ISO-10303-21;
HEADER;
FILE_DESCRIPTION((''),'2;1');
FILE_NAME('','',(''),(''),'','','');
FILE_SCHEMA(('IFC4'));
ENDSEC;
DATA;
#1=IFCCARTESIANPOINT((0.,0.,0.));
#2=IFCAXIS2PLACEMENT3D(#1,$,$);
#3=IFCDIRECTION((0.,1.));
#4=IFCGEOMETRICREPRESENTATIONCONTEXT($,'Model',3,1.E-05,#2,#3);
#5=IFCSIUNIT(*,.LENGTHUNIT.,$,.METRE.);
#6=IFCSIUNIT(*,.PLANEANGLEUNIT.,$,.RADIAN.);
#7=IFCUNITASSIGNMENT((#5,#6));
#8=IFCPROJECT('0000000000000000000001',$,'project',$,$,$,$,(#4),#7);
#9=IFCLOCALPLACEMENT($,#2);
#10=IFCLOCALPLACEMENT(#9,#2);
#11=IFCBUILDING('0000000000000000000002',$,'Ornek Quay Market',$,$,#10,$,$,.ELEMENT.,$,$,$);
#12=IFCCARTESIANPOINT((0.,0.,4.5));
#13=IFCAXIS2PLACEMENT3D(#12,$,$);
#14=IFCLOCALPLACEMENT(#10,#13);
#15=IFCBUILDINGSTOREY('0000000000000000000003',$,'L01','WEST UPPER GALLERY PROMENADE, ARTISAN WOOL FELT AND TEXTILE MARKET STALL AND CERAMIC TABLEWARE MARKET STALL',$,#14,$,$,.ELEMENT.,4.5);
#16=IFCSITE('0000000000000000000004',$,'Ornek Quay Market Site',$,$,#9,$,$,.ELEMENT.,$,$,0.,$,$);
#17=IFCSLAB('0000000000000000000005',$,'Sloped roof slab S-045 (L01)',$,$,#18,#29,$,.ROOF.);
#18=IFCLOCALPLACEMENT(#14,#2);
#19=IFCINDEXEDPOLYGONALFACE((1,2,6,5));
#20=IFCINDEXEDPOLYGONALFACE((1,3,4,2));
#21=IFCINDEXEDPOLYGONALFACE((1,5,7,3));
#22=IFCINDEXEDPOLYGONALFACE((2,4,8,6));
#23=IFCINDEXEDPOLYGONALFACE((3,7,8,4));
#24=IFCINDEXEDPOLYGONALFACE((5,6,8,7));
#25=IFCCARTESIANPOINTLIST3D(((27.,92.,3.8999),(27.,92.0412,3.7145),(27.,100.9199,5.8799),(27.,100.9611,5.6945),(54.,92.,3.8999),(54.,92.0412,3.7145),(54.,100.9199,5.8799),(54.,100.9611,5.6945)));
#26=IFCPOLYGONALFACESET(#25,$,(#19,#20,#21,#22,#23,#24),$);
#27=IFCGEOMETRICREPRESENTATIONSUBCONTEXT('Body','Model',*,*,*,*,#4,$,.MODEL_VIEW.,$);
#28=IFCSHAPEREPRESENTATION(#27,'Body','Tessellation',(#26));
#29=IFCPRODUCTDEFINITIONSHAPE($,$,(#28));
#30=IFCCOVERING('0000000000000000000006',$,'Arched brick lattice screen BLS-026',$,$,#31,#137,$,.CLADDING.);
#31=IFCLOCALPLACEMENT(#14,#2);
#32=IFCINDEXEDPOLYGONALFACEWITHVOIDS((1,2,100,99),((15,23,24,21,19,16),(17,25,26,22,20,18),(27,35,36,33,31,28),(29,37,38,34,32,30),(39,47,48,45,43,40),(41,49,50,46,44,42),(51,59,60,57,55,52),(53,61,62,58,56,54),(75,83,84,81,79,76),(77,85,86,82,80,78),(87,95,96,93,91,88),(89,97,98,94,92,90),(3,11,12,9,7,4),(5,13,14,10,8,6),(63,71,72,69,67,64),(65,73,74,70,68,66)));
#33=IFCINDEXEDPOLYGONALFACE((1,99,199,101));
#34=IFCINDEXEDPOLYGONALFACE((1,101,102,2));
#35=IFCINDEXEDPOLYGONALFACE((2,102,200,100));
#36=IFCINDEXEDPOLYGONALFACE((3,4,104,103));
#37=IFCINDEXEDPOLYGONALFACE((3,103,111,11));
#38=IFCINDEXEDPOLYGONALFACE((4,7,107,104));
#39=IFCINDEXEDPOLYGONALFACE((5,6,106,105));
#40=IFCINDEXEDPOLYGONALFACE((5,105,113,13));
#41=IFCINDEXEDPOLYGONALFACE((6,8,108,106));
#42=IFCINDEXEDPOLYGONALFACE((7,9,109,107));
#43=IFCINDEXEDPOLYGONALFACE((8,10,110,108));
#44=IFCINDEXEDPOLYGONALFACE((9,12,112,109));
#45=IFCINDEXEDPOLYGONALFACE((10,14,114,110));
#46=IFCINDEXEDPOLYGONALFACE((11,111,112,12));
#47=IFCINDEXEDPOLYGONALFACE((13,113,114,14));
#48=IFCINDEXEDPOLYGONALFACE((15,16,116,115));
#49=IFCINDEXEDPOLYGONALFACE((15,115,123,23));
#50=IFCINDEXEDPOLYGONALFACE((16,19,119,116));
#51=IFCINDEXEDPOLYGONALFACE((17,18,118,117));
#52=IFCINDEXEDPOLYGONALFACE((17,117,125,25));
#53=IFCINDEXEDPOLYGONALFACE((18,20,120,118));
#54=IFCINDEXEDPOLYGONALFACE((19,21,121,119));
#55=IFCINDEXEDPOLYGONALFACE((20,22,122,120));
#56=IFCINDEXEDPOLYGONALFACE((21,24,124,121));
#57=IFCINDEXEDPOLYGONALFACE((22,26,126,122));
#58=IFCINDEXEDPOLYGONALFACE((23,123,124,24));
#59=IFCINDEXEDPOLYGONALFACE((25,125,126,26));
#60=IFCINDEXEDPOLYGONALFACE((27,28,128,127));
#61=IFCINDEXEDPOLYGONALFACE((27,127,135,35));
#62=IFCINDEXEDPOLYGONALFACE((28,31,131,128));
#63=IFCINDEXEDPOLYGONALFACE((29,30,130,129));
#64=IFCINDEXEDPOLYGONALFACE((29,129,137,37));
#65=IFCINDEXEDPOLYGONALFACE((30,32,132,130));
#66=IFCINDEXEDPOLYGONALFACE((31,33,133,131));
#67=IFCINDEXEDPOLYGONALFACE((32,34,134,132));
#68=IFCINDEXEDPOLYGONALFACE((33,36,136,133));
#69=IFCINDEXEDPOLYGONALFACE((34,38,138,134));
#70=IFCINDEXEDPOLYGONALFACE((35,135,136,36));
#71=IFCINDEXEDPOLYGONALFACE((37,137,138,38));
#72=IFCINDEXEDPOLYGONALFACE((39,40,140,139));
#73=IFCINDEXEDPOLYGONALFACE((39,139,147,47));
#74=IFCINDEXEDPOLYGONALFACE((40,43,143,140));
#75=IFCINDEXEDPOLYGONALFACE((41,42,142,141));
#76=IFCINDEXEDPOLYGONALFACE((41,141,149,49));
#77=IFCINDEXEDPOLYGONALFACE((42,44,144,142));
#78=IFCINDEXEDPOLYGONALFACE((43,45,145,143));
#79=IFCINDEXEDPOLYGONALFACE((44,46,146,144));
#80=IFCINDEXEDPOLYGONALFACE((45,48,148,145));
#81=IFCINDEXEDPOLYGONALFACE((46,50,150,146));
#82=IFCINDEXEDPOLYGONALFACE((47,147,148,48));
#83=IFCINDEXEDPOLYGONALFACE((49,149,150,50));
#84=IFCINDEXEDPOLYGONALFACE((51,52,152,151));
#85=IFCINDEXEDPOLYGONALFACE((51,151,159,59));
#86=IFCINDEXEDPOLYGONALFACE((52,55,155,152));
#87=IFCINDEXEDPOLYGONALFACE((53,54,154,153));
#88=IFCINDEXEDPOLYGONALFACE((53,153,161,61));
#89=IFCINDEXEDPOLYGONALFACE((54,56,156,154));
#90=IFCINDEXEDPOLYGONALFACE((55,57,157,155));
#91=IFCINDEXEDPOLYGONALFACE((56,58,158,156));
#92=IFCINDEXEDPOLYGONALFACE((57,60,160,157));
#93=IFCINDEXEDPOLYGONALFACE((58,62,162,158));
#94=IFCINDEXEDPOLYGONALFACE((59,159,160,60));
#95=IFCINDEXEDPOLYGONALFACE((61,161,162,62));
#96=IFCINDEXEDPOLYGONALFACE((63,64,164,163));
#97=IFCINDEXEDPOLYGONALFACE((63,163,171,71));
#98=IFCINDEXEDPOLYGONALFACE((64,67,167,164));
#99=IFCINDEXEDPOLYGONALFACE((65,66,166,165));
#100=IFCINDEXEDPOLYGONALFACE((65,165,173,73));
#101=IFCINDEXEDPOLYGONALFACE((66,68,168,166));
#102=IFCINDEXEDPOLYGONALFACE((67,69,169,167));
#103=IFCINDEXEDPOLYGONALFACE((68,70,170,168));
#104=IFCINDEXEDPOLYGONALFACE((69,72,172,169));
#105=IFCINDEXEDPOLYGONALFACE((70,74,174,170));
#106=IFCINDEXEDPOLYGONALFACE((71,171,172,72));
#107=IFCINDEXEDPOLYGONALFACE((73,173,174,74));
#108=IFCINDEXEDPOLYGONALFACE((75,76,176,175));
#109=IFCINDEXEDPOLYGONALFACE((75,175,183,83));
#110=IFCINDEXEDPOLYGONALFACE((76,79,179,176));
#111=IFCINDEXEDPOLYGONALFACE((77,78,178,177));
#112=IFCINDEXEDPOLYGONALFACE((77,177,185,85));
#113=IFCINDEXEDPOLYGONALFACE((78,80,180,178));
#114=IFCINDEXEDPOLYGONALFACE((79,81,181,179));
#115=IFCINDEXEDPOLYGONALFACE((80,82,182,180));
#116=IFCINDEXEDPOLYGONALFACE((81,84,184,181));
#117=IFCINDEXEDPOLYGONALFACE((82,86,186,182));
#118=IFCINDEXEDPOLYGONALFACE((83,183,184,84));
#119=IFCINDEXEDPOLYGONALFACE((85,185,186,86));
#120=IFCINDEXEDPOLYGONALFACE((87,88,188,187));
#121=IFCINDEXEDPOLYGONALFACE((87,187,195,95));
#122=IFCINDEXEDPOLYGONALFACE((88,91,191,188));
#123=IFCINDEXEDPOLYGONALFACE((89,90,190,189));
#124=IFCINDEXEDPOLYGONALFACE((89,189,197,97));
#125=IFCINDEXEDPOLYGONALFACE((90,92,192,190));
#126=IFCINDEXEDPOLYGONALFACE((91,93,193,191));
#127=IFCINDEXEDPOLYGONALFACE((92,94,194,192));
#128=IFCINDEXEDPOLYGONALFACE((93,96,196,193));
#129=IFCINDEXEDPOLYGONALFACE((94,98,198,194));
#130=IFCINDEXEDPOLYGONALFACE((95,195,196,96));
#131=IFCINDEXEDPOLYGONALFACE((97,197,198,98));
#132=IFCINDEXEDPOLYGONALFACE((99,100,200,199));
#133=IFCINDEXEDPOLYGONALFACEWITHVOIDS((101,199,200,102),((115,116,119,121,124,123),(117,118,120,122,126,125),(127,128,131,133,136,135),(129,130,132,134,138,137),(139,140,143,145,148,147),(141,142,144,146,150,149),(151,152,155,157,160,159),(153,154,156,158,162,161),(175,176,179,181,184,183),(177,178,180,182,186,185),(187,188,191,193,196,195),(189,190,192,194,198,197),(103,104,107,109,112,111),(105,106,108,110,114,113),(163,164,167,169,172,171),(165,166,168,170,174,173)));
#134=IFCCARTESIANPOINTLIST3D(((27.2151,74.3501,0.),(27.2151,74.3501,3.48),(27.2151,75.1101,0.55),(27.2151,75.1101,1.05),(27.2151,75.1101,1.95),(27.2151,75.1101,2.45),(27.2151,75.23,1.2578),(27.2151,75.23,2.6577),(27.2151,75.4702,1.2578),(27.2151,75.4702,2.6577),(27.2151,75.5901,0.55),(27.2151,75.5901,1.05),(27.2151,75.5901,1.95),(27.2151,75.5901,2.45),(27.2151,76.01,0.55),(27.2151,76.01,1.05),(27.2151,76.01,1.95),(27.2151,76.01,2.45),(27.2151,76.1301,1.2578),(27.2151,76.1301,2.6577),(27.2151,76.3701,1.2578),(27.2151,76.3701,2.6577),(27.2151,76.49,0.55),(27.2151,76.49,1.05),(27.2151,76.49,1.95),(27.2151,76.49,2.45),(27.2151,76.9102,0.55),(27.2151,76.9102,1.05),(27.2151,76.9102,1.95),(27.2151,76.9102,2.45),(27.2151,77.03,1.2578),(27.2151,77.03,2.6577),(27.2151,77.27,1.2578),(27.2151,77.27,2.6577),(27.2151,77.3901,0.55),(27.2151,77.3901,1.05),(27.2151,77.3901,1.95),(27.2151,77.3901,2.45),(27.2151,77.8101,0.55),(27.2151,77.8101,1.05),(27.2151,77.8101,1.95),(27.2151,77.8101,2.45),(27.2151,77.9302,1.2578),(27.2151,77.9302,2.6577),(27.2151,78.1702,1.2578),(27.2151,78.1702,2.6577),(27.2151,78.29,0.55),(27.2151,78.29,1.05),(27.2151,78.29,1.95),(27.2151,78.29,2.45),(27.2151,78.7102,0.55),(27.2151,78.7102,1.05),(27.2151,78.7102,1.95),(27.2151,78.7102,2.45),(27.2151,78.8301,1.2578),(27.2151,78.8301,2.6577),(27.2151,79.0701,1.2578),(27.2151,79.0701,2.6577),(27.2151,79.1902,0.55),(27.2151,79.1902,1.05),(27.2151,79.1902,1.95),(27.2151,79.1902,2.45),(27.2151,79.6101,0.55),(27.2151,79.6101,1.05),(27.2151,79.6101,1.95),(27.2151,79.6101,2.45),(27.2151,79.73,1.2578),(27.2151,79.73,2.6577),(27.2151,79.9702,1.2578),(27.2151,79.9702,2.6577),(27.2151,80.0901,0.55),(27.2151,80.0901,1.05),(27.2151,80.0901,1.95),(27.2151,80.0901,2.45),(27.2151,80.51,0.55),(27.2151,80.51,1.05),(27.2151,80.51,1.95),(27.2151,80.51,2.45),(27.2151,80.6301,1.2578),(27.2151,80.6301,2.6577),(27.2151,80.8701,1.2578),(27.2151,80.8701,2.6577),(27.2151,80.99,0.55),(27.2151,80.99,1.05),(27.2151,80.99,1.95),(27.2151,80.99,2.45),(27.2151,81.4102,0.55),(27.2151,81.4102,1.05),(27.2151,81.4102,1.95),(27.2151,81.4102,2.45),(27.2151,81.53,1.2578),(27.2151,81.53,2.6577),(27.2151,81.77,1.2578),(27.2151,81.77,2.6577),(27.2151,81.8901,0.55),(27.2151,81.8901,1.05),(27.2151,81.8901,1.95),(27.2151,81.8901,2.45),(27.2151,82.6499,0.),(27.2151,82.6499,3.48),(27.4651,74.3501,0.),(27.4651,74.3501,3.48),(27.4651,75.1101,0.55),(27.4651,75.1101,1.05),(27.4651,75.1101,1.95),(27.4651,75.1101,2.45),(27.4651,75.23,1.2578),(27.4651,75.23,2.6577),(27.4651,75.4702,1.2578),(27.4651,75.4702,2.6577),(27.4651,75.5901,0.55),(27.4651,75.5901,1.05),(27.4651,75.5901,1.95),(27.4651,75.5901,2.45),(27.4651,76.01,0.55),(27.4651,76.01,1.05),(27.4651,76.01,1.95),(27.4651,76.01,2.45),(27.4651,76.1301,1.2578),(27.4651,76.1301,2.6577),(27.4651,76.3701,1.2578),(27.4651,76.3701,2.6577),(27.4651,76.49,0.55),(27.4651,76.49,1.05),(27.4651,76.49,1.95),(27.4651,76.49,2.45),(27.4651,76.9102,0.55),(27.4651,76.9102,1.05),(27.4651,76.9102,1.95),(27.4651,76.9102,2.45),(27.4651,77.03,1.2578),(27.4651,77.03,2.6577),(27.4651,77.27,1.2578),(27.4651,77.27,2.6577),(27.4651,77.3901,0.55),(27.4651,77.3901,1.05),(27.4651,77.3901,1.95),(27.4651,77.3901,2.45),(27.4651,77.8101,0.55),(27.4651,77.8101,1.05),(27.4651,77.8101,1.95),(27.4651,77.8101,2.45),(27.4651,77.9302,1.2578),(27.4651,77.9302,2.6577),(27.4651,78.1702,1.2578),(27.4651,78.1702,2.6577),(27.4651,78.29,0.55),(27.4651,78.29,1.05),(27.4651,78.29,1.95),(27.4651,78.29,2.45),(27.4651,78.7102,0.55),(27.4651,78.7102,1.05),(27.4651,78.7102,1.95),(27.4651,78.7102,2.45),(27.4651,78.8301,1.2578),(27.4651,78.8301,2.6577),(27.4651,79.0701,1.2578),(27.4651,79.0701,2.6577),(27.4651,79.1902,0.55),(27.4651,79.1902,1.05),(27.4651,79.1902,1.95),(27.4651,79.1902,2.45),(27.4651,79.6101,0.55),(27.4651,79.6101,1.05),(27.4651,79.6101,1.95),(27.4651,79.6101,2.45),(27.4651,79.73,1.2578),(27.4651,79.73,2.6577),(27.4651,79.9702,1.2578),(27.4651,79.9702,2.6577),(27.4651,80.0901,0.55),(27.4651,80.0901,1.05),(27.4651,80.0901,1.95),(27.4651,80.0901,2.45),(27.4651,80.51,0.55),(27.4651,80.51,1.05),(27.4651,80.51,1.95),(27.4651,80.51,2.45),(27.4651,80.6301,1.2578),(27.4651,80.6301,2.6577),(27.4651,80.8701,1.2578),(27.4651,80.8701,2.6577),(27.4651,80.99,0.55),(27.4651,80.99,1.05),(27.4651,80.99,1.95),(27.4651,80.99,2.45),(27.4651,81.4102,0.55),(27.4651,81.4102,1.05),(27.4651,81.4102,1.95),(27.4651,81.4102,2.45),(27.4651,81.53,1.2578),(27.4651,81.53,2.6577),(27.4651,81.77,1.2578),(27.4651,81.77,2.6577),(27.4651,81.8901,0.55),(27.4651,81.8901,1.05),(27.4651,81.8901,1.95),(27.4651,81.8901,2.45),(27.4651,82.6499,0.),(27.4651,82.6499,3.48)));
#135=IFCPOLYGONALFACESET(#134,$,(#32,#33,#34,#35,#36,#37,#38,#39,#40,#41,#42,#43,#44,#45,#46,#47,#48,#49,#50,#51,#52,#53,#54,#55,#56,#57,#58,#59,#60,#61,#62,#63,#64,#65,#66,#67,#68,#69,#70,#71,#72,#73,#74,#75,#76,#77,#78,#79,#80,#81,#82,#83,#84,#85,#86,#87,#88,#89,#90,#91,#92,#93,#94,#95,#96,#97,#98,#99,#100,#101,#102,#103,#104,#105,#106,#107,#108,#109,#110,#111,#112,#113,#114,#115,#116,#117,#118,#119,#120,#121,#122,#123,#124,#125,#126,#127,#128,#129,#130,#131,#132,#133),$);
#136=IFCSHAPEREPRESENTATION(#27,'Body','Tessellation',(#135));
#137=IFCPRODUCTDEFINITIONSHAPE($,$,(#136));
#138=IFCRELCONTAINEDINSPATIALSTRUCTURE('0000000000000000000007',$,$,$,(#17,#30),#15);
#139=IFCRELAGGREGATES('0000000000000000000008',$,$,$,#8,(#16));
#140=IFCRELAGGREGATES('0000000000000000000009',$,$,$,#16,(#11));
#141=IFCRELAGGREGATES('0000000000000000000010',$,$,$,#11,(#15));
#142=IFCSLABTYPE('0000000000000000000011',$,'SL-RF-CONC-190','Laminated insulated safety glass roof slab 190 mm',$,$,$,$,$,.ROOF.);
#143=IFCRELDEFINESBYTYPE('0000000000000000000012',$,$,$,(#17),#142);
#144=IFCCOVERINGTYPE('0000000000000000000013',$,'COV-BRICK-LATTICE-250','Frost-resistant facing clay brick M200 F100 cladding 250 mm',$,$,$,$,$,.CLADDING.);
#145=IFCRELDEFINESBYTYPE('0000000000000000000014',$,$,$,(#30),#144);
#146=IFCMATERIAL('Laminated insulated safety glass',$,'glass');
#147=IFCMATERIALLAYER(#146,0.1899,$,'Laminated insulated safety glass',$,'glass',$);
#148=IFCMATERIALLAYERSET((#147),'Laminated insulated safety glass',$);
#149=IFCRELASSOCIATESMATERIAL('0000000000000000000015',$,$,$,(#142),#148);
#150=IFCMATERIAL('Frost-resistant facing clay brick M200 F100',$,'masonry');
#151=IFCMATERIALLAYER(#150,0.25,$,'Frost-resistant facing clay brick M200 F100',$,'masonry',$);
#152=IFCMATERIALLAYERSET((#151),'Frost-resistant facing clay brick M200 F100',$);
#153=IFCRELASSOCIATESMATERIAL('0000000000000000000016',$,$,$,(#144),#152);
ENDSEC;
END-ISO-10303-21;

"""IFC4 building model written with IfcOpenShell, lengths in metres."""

from ifc_helpers import new_model, si_unit, direction, frame, origin, place, context, subcontext, project, spatial, polyline, outline, extrude, material, layer, layer_set, type_object, element, save


model = new_model("IFC4")

# Units and contexts
model_context = context("Model", 3, precision=1e-05, world=origin(), true_north=direction((0.0, 1.0)))
body_context = subcontext(model_context, "Body", "Model", "MODEL_VIEW")
ifc_project = project(units=[si_unit("LENGTHUNIT", "METRE"), si_unit("PLANEANGLEUNIT", "RADIAN")], contexts=[model_context])

# Site, building, storey
site_placement = place(None, origin())
site = spatial("IfcSite", under=ifc_project, at=site_placement, Name="Ornek Quay Market Site", CompositionType="ELEMENT", RefElevation=0.0)
building_placement = place(site_placement, origin())
building = spatial("IfcBuilding", under=site, at=building_placement, Name="Ornek Quay Market", CompositionType="ELEMENT")
storey_placement = place(building_placement, frame((0.0, 0.0, 4.5)))
storey = spatial("IfcBuildingStorey", under=building, at=storey_placement, Name="L01", Description="WEST UPPER GALLERY PROMENADE, ARTISAN WOOL FELT AND TEXTILE MARKET STALL AND CERAMIC TABLEWARE MARKET STALL", CompositionType="ELEMENT", Elevation=4.5)

# Slab
ifc_material_1 = material(Name="Laminated insulated safety glass", Category="glass")
ifc_layer_1 = layer(ifc_material_1, 0.1899, Name="Laminated insulated safety glass", Category="glass")
ifc_layer_set_1 = layer_set([ifc_layer_1], Name="Laminated insulated safety glass")
slab_type = type_object("IfcSlabType", Name="SL-RF-CONC-190", Description="Laminated insulated safety glass roof slab 190 mm", PredefinedType="ROOF", material=ifc_layer_set_1)
slab_placement = place(storey_placement, frame((27.0, 92.0, 3.8999), z_axis=(0.0, -0.216698, 0.976239), x_axis=(1.0, 0.0, 0.0)))
element("IfcSlab", 1, at=slab_placement, inside=storey, type_object=slab_type, Name="Sloped roof slab S-045 (L01)", PredefinedType="ROOF", context=body_context, shape_type="SweptSolid", body=[
    extrude(outline(polyline([(0.0, 0.0), (27.0, 0.0), (27.0, 9.137), (0.0, 9.137), (0.0, 0.0)])), origin(), (0.0, 0.0, -1.0), 0.1899),
])

# Covering
ifc_material_2 = material(Name="Frost-resistant facing clay brick M200 F100", Category="masonry")
ifc_layer_2 = layer(ifc_material_2, 0.25, Name="Frost-resistant facing clay brick M200 F100", Category="masonry")
ifc_layer_set_2 = layer_set([ifc_layer_2], Name="Frost-resistant facing clay brick M200 F100")
covering_type = type_object("IfcCoveringType", Name="COV-BRICK-LATTICE-250", Description="Frost-resistant facing clay brick M200 F100 cladding 250 mm", PredefinedType="CLADDING", material=ifc_layer_set_2)
covering_1_placement = place(storey_placement, frame((27.3401, 74.3501, 0.0), z_axis=(0.0, 0.0, 1.0), x_axis=(0.0, 1.0, 0.0)))
element("IfcCovering", 2, at=covering_1_placement, inside=storey, type_object=covering_type, Name="Arched brick lattice screen BLS-026", PredefinedType="CLADDING", context=body_context, shape_type="SweptSolid", body=[
    extrude(outline(polyline([(0.0, 0.0), (8.2998, 0.0), (8.2998, 3.48), (0.0, 3.48), (0.0, 0.0)]), holes=[polyline([(0.76, 0.55), (1.24, 0.55), (1.24, 1.05), (1.1201, 1.2578), (0.8799, 1.2578), (0.76, 1.05), (0.76, 0.55)]), polyline([(0.76, 1.95), (1.24, 1.95), (1.24, 2.45), (1.1201, 2.6577), (0.8799, 2.6577), (0.76, 2.45), (0.76, 1.95)]), polyline([(1.6599, 0.55), (2.1399, 0.55), (2.1399, 1.05), (2.02, 1.2578), (1.78, 1.2578), (1.6599, 1.05), (1.6599, 0.55)]), polyline([(1.6599, 1.95), (2.1399, 1.95), (2.1399, 2.45), (2.02, 2.6577), (1.78, 2.6577), (1.6599, 2.45), (1.6599, 1.95)]), polyline([(2.5601, 0.55), (3.04, 0.55), (3.04, 1.05), (2.9199, 1.2578), (2.6799, 1.2578), (2.5601, 1.05), (2.5601, 0.55)]), polyline([(2.5601, 1.95), (3.04, 1.95), (3.04, 2.45), (2.9199, 2.6577), (2.6799, 2.6577), (2.5601, 2.45), (2.5601, 1.95)]), polyline([(3.46, 0.55), (3.9399, 0.55), (3.9399, 1.05), (3.8201, 1.2578), (3.5801, 1.2578), (3.46, 1.05), (3.46, 0.55)]), polyline([(3.46, 1.95), (3.9399, 1.95), (3.9399, 2.45), (3.8201, 2.6577), (3.5801, 2.6577), (3.46, 2.45), (3.46, 1.95)]), polyline([(4.3601, 0.55), (4.8401, 0.55), (4.8401, 1.05), (4.72, 1.2578), (4.48, 1.2578), (4.3601, 1.05), (4.3601, 0.55)]), polyline([(4.3601, 1.95), (4.8401, 1.95), (4.8401, 2.45), (4.72, 2.6577), (4.48, 2.6577), (4.3601, 2.45), (4.3601, 1.95)]), polyline([(5.26, 0.55), (5.74, 0.55), (5.74, 1.05), (5.6201, 1.2578), (5.3799, 1.2578), (5.26, 1.05), (5.26, 0.55)]), polyline([(5.26, 1.95), (5.74, 1.95), (5.74, 2.45), (5.6201, 2.6577), (5.3799, 2.6577), (5.26, 2.45), (5.26, 1.95)]), polyline([(6.1599, 0.55), (6.6399, 0.55), (6.6399, 1.05), (6.52, 1.2578), (6.28, 1.2578), (6.1599, 1.05), (6.1599, 0.55)]), polyline([(6.1599, 1.95), (6.6399, 1.95), (6.6399, 2.45), (6.52, 2.6577), (6.28, 2.6577), (6.1599, 2.45), (6.1599, 1.95)]), polyline([(7.0601, 0.55), (7.54, 0.55), (7.54, 1.05), (7.4199, 1.2578), (7.1799, 1.2578), (7.0601, 1.05), (7.0601, 0.55)]), polyline([(7.0601, 1.95), (7.54, 1.95), (7.54, 2.45), (7.4199, 2.6577), (7.1799, 2.6577), (7.0601, 2.45), (7.0601, 1.95)])]), frame((0.0, 0.125, 0.0), z_axis=(0.0, -1.0, 0.0), x_axis=(1.0, 0.0, 0.0)), (0.0, 0.0, 1.0), 0.25),
])

save(model, "model.ifc")
